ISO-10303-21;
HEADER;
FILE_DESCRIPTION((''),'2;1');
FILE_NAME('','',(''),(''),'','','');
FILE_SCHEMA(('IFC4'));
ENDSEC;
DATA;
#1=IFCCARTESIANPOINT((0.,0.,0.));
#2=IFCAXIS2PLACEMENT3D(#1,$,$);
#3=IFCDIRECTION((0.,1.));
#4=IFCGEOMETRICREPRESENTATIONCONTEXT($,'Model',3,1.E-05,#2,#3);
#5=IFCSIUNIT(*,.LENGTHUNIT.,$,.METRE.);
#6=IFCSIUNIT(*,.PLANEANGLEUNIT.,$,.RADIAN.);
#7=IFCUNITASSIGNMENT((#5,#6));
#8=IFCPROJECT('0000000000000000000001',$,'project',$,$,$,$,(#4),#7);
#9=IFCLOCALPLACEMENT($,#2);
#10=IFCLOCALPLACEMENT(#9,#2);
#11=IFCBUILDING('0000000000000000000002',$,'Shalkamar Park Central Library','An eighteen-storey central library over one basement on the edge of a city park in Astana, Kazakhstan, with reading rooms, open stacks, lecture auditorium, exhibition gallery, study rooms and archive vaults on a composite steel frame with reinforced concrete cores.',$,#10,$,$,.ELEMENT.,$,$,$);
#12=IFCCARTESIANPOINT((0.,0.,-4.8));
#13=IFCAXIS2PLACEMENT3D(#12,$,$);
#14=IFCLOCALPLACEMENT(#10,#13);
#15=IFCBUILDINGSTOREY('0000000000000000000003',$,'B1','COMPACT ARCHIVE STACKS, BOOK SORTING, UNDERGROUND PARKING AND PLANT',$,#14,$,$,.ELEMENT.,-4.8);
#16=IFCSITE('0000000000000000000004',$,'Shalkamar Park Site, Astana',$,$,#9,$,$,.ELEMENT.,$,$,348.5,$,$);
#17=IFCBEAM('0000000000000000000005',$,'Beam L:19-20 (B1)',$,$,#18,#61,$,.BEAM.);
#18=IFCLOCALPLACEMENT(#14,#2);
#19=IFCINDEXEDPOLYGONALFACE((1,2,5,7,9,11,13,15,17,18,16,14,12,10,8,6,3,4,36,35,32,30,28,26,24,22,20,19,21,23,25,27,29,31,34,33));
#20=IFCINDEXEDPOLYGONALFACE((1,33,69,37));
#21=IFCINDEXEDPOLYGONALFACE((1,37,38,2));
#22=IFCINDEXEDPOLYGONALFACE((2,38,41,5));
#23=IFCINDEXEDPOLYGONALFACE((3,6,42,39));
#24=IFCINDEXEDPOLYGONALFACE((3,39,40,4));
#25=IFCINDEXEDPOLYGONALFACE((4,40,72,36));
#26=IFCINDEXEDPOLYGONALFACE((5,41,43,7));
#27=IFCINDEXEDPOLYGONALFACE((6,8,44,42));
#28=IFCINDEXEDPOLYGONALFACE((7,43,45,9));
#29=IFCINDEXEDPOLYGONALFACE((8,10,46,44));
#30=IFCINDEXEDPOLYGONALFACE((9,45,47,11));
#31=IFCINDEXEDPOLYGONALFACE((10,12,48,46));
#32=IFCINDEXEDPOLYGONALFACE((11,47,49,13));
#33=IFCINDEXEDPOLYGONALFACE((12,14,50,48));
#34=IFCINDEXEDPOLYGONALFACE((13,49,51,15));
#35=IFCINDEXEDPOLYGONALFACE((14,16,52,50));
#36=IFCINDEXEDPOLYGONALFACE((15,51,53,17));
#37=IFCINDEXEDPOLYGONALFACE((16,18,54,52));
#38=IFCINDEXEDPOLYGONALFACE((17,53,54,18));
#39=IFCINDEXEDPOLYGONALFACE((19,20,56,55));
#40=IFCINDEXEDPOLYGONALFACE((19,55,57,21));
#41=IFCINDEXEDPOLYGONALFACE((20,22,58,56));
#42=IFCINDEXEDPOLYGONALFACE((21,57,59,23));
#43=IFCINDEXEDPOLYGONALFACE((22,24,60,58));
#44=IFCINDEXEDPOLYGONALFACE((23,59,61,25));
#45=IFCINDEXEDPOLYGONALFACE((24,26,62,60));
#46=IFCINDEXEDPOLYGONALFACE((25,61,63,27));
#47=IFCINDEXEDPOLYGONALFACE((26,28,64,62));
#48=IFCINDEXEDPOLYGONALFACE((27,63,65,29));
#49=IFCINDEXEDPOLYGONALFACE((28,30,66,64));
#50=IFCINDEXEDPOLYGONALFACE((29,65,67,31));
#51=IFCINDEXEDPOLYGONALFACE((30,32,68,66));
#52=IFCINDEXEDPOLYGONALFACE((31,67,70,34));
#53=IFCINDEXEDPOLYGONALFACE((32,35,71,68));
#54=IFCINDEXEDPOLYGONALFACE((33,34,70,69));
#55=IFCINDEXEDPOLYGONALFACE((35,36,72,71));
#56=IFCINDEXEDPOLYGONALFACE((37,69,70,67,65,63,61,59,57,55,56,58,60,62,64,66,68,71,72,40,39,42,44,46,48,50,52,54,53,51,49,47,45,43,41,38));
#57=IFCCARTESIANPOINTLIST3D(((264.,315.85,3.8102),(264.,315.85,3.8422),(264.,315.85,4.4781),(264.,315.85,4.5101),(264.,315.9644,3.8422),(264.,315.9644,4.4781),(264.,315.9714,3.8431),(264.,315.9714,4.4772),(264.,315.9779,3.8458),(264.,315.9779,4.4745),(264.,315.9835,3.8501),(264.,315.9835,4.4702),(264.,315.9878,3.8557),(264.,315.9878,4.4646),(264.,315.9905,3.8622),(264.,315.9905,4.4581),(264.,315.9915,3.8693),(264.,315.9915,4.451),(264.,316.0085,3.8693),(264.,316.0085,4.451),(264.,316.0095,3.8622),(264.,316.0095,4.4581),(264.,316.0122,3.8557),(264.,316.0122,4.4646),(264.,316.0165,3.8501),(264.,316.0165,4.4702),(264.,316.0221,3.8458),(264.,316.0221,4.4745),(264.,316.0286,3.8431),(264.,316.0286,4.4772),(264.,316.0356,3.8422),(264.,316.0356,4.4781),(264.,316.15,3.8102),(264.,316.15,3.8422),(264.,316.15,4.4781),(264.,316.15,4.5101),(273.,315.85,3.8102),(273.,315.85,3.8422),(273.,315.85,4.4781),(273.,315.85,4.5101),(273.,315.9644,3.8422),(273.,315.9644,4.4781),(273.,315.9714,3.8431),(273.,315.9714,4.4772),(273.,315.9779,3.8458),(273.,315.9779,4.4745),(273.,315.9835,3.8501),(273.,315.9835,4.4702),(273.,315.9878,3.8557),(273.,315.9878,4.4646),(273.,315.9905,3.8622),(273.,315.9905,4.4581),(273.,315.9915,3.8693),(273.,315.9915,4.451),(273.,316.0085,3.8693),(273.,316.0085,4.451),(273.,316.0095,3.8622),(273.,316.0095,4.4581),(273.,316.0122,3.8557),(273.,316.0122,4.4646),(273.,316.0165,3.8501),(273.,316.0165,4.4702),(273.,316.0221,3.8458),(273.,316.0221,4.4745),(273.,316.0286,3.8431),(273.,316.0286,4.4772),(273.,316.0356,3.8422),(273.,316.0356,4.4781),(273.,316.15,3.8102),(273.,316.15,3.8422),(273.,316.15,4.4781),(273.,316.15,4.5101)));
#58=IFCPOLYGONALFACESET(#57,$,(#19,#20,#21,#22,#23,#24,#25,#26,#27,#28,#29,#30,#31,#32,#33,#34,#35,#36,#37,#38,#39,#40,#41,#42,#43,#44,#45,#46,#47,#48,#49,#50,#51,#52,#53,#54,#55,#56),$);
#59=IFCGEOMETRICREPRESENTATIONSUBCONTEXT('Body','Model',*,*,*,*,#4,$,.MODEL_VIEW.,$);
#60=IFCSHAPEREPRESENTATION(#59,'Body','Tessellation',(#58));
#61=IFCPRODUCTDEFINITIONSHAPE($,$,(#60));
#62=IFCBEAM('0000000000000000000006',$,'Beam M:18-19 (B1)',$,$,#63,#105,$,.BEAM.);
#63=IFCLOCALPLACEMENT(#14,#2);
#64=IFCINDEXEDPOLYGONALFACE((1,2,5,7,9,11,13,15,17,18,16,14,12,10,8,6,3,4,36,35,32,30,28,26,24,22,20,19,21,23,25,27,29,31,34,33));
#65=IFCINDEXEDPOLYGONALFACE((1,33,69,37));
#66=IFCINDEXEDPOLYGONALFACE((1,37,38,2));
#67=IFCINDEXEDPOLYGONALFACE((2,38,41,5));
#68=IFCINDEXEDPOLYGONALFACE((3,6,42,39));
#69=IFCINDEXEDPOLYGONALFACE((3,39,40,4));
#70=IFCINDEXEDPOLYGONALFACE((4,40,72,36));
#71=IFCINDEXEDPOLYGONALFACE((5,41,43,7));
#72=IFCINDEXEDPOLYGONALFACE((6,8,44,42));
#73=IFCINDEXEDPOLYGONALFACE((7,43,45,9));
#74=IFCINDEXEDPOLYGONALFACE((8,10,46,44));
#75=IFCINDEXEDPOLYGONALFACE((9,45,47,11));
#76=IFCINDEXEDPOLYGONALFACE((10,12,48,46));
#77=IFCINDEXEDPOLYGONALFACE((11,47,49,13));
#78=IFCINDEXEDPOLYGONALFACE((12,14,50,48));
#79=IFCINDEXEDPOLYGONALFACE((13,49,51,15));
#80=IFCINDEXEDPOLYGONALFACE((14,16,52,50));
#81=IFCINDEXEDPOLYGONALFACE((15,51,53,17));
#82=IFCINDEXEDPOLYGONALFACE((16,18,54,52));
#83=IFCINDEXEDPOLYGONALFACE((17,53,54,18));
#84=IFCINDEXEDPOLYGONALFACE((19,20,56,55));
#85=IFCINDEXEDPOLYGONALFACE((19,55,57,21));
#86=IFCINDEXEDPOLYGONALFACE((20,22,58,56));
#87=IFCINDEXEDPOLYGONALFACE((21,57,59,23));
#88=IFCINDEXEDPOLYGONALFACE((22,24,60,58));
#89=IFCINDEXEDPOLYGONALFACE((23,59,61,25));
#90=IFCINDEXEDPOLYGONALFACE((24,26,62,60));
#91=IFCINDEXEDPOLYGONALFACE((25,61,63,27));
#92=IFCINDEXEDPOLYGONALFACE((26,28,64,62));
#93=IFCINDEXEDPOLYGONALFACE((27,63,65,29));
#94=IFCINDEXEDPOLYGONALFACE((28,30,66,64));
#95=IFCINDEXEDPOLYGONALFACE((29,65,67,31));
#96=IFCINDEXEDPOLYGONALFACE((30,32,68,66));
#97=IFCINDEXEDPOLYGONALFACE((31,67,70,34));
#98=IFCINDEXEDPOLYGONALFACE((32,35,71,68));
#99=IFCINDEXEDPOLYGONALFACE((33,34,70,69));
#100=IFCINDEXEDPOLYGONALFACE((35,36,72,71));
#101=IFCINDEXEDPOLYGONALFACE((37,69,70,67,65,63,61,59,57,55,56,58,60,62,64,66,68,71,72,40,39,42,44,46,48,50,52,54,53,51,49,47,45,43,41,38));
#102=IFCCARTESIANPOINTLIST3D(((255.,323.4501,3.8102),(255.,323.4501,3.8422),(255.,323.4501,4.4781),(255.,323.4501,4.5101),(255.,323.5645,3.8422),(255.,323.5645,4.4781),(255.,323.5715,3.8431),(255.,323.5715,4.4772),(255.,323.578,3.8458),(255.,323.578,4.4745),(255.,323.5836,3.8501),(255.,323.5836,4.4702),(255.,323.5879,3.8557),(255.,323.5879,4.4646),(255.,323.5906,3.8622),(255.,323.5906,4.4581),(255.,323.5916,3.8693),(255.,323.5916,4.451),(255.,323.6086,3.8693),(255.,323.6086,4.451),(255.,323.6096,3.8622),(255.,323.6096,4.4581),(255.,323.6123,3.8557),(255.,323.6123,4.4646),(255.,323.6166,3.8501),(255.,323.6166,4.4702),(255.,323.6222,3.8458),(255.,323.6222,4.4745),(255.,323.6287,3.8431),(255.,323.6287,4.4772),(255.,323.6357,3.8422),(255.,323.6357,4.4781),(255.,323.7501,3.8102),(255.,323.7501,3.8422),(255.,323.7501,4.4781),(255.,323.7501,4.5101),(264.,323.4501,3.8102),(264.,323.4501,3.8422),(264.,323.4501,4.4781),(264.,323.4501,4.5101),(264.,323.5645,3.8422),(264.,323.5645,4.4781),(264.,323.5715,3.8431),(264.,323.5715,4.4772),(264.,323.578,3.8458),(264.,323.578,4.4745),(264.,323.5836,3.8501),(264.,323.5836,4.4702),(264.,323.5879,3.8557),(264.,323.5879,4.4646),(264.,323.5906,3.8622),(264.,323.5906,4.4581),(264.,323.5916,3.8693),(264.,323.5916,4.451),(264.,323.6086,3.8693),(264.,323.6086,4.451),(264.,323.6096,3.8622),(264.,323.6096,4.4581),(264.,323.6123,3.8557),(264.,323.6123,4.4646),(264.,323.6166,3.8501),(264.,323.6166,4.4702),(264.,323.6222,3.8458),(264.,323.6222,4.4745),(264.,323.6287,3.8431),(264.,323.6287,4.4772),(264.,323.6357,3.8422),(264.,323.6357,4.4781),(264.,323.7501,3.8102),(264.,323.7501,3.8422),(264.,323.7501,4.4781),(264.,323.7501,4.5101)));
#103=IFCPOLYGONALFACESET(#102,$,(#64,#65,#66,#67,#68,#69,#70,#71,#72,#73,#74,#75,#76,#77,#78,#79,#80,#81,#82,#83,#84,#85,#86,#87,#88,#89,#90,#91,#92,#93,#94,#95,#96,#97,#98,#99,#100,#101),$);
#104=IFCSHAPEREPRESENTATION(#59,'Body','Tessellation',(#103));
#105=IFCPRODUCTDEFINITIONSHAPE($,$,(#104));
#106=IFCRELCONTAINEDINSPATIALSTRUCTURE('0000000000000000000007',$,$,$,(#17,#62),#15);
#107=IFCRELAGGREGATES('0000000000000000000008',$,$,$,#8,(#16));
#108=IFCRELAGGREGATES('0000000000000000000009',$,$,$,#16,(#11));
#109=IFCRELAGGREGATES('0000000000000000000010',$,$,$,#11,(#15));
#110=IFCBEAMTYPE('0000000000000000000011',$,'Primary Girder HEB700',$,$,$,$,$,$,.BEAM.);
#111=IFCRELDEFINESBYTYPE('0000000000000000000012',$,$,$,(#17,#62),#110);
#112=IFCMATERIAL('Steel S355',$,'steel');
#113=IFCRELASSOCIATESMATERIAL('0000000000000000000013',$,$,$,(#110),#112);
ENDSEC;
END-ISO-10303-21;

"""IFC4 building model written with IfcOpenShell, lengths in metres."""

from ifc_helpers import new_model, si_unit, direction, frame, origin, origin_2d, place, context, subcontext, project, spatial, i_section, extrude, material, material_profile, profile_set, type_object, element, save


model = new_model("IFC4")

# Units and contexts
model_context = context("Model", 3, precision=1e-05, world=origin(), true_north=direction((0.0, 1.0)))
body_context = subcontext(model_context, "Body", "Model", "MODEL_VIEW")
ifc_project = project(units=[si_unit("LENGTHUNIT", "METRE"), si_unit("PLANEANGLEUNIT", "RADIAN")], contexts=[model_context])

# Site, building, storey
site_placement = place(None, origin())
site = spatial("IfcSite", under=ifc_project, at=site_placement, Name="Shalkamar Park Site, Astana", CompositionType="ELEMENT", RefElevation=348.5)
building_placement = place(site_placement, origin())
building = spatial("IfcBuilding", under=site, at=building_placement, Name="Shalkamar Park Central Library", Description="An eighteen-storey central library over one basement on the edge of a city park in Astana, Kazakhstan, with reading rooms, open stacks, lecture auditorium, exhibition gallery, study rooms and archive vaults on a composite steel frame with reinforced concrete cores.", CompositionType="ELEMENT")
storey_placement = place(building_placement, frame((0.0, 0.0, -4.8)))
storey = spatial("IfcBuildingStorey", under=building, at=storey_placement, Name="B1", Description="COMPACT ARCHIVE STACKS, BOOK SORTING, UNDERGROUND PARKING AND PLANT", CompositionType="ELEMENT", Elevation=-4.8)

# Shared definitions
ifc_material_1 = material(Name="Steel S355", Category="steel")

# Beams
ifc_material_profile_1 = material_profile(ifc_material_1, i_section(OverallWidth=0.3, OverallDepth=0.7, WebThickness=0.0171, FlangeThickness=0.032, FilletRadius=0.0271, at=origin_2d()), Name="HEB 700")
ifc_profile_set_1 = profile_set([ifc_material_profile_1], Name="Steel S355")
beam_type_1 = type_object("IfcBeamType", Name="Primary Girder HEB700", PredefinedType="BEAM", material=ifc_profile_set_1)
for number, where, z_axis, x_axis, name in (
    (1, (264.0, 316.0, 4.1602), (1.0, 0.0, 0.0), (0.0, 1.0, 0.0), "Beam L:19-20 (B1)"),
    (2, (255.0, 323.6001, 4.1602), (1.0, 0.0, 0.0), (0.0, 1.0, 0.0), "Beam M:18-19 (B1)"),
):
    element("IfcBeam", number, at=place(storey_placement, frame(where, z_axis=z_axis, x_axis=x_axis)), inside=storey, type_object=beam_type_1, Name=name, PredefinedType="BEAM", context=body_context, shape_type="SweptSolid", body=[
        extrude(i_section(OverallWidth=0.3, OverallDepth=0.7, WebThickness=0.0171, FlangeThickness=0.032, FilletRadius=0.0271, at=origin_2d()), origin(), (0.0, 0.0, 1.0), 9.0),
    ])

save(model, "model.ifc")
